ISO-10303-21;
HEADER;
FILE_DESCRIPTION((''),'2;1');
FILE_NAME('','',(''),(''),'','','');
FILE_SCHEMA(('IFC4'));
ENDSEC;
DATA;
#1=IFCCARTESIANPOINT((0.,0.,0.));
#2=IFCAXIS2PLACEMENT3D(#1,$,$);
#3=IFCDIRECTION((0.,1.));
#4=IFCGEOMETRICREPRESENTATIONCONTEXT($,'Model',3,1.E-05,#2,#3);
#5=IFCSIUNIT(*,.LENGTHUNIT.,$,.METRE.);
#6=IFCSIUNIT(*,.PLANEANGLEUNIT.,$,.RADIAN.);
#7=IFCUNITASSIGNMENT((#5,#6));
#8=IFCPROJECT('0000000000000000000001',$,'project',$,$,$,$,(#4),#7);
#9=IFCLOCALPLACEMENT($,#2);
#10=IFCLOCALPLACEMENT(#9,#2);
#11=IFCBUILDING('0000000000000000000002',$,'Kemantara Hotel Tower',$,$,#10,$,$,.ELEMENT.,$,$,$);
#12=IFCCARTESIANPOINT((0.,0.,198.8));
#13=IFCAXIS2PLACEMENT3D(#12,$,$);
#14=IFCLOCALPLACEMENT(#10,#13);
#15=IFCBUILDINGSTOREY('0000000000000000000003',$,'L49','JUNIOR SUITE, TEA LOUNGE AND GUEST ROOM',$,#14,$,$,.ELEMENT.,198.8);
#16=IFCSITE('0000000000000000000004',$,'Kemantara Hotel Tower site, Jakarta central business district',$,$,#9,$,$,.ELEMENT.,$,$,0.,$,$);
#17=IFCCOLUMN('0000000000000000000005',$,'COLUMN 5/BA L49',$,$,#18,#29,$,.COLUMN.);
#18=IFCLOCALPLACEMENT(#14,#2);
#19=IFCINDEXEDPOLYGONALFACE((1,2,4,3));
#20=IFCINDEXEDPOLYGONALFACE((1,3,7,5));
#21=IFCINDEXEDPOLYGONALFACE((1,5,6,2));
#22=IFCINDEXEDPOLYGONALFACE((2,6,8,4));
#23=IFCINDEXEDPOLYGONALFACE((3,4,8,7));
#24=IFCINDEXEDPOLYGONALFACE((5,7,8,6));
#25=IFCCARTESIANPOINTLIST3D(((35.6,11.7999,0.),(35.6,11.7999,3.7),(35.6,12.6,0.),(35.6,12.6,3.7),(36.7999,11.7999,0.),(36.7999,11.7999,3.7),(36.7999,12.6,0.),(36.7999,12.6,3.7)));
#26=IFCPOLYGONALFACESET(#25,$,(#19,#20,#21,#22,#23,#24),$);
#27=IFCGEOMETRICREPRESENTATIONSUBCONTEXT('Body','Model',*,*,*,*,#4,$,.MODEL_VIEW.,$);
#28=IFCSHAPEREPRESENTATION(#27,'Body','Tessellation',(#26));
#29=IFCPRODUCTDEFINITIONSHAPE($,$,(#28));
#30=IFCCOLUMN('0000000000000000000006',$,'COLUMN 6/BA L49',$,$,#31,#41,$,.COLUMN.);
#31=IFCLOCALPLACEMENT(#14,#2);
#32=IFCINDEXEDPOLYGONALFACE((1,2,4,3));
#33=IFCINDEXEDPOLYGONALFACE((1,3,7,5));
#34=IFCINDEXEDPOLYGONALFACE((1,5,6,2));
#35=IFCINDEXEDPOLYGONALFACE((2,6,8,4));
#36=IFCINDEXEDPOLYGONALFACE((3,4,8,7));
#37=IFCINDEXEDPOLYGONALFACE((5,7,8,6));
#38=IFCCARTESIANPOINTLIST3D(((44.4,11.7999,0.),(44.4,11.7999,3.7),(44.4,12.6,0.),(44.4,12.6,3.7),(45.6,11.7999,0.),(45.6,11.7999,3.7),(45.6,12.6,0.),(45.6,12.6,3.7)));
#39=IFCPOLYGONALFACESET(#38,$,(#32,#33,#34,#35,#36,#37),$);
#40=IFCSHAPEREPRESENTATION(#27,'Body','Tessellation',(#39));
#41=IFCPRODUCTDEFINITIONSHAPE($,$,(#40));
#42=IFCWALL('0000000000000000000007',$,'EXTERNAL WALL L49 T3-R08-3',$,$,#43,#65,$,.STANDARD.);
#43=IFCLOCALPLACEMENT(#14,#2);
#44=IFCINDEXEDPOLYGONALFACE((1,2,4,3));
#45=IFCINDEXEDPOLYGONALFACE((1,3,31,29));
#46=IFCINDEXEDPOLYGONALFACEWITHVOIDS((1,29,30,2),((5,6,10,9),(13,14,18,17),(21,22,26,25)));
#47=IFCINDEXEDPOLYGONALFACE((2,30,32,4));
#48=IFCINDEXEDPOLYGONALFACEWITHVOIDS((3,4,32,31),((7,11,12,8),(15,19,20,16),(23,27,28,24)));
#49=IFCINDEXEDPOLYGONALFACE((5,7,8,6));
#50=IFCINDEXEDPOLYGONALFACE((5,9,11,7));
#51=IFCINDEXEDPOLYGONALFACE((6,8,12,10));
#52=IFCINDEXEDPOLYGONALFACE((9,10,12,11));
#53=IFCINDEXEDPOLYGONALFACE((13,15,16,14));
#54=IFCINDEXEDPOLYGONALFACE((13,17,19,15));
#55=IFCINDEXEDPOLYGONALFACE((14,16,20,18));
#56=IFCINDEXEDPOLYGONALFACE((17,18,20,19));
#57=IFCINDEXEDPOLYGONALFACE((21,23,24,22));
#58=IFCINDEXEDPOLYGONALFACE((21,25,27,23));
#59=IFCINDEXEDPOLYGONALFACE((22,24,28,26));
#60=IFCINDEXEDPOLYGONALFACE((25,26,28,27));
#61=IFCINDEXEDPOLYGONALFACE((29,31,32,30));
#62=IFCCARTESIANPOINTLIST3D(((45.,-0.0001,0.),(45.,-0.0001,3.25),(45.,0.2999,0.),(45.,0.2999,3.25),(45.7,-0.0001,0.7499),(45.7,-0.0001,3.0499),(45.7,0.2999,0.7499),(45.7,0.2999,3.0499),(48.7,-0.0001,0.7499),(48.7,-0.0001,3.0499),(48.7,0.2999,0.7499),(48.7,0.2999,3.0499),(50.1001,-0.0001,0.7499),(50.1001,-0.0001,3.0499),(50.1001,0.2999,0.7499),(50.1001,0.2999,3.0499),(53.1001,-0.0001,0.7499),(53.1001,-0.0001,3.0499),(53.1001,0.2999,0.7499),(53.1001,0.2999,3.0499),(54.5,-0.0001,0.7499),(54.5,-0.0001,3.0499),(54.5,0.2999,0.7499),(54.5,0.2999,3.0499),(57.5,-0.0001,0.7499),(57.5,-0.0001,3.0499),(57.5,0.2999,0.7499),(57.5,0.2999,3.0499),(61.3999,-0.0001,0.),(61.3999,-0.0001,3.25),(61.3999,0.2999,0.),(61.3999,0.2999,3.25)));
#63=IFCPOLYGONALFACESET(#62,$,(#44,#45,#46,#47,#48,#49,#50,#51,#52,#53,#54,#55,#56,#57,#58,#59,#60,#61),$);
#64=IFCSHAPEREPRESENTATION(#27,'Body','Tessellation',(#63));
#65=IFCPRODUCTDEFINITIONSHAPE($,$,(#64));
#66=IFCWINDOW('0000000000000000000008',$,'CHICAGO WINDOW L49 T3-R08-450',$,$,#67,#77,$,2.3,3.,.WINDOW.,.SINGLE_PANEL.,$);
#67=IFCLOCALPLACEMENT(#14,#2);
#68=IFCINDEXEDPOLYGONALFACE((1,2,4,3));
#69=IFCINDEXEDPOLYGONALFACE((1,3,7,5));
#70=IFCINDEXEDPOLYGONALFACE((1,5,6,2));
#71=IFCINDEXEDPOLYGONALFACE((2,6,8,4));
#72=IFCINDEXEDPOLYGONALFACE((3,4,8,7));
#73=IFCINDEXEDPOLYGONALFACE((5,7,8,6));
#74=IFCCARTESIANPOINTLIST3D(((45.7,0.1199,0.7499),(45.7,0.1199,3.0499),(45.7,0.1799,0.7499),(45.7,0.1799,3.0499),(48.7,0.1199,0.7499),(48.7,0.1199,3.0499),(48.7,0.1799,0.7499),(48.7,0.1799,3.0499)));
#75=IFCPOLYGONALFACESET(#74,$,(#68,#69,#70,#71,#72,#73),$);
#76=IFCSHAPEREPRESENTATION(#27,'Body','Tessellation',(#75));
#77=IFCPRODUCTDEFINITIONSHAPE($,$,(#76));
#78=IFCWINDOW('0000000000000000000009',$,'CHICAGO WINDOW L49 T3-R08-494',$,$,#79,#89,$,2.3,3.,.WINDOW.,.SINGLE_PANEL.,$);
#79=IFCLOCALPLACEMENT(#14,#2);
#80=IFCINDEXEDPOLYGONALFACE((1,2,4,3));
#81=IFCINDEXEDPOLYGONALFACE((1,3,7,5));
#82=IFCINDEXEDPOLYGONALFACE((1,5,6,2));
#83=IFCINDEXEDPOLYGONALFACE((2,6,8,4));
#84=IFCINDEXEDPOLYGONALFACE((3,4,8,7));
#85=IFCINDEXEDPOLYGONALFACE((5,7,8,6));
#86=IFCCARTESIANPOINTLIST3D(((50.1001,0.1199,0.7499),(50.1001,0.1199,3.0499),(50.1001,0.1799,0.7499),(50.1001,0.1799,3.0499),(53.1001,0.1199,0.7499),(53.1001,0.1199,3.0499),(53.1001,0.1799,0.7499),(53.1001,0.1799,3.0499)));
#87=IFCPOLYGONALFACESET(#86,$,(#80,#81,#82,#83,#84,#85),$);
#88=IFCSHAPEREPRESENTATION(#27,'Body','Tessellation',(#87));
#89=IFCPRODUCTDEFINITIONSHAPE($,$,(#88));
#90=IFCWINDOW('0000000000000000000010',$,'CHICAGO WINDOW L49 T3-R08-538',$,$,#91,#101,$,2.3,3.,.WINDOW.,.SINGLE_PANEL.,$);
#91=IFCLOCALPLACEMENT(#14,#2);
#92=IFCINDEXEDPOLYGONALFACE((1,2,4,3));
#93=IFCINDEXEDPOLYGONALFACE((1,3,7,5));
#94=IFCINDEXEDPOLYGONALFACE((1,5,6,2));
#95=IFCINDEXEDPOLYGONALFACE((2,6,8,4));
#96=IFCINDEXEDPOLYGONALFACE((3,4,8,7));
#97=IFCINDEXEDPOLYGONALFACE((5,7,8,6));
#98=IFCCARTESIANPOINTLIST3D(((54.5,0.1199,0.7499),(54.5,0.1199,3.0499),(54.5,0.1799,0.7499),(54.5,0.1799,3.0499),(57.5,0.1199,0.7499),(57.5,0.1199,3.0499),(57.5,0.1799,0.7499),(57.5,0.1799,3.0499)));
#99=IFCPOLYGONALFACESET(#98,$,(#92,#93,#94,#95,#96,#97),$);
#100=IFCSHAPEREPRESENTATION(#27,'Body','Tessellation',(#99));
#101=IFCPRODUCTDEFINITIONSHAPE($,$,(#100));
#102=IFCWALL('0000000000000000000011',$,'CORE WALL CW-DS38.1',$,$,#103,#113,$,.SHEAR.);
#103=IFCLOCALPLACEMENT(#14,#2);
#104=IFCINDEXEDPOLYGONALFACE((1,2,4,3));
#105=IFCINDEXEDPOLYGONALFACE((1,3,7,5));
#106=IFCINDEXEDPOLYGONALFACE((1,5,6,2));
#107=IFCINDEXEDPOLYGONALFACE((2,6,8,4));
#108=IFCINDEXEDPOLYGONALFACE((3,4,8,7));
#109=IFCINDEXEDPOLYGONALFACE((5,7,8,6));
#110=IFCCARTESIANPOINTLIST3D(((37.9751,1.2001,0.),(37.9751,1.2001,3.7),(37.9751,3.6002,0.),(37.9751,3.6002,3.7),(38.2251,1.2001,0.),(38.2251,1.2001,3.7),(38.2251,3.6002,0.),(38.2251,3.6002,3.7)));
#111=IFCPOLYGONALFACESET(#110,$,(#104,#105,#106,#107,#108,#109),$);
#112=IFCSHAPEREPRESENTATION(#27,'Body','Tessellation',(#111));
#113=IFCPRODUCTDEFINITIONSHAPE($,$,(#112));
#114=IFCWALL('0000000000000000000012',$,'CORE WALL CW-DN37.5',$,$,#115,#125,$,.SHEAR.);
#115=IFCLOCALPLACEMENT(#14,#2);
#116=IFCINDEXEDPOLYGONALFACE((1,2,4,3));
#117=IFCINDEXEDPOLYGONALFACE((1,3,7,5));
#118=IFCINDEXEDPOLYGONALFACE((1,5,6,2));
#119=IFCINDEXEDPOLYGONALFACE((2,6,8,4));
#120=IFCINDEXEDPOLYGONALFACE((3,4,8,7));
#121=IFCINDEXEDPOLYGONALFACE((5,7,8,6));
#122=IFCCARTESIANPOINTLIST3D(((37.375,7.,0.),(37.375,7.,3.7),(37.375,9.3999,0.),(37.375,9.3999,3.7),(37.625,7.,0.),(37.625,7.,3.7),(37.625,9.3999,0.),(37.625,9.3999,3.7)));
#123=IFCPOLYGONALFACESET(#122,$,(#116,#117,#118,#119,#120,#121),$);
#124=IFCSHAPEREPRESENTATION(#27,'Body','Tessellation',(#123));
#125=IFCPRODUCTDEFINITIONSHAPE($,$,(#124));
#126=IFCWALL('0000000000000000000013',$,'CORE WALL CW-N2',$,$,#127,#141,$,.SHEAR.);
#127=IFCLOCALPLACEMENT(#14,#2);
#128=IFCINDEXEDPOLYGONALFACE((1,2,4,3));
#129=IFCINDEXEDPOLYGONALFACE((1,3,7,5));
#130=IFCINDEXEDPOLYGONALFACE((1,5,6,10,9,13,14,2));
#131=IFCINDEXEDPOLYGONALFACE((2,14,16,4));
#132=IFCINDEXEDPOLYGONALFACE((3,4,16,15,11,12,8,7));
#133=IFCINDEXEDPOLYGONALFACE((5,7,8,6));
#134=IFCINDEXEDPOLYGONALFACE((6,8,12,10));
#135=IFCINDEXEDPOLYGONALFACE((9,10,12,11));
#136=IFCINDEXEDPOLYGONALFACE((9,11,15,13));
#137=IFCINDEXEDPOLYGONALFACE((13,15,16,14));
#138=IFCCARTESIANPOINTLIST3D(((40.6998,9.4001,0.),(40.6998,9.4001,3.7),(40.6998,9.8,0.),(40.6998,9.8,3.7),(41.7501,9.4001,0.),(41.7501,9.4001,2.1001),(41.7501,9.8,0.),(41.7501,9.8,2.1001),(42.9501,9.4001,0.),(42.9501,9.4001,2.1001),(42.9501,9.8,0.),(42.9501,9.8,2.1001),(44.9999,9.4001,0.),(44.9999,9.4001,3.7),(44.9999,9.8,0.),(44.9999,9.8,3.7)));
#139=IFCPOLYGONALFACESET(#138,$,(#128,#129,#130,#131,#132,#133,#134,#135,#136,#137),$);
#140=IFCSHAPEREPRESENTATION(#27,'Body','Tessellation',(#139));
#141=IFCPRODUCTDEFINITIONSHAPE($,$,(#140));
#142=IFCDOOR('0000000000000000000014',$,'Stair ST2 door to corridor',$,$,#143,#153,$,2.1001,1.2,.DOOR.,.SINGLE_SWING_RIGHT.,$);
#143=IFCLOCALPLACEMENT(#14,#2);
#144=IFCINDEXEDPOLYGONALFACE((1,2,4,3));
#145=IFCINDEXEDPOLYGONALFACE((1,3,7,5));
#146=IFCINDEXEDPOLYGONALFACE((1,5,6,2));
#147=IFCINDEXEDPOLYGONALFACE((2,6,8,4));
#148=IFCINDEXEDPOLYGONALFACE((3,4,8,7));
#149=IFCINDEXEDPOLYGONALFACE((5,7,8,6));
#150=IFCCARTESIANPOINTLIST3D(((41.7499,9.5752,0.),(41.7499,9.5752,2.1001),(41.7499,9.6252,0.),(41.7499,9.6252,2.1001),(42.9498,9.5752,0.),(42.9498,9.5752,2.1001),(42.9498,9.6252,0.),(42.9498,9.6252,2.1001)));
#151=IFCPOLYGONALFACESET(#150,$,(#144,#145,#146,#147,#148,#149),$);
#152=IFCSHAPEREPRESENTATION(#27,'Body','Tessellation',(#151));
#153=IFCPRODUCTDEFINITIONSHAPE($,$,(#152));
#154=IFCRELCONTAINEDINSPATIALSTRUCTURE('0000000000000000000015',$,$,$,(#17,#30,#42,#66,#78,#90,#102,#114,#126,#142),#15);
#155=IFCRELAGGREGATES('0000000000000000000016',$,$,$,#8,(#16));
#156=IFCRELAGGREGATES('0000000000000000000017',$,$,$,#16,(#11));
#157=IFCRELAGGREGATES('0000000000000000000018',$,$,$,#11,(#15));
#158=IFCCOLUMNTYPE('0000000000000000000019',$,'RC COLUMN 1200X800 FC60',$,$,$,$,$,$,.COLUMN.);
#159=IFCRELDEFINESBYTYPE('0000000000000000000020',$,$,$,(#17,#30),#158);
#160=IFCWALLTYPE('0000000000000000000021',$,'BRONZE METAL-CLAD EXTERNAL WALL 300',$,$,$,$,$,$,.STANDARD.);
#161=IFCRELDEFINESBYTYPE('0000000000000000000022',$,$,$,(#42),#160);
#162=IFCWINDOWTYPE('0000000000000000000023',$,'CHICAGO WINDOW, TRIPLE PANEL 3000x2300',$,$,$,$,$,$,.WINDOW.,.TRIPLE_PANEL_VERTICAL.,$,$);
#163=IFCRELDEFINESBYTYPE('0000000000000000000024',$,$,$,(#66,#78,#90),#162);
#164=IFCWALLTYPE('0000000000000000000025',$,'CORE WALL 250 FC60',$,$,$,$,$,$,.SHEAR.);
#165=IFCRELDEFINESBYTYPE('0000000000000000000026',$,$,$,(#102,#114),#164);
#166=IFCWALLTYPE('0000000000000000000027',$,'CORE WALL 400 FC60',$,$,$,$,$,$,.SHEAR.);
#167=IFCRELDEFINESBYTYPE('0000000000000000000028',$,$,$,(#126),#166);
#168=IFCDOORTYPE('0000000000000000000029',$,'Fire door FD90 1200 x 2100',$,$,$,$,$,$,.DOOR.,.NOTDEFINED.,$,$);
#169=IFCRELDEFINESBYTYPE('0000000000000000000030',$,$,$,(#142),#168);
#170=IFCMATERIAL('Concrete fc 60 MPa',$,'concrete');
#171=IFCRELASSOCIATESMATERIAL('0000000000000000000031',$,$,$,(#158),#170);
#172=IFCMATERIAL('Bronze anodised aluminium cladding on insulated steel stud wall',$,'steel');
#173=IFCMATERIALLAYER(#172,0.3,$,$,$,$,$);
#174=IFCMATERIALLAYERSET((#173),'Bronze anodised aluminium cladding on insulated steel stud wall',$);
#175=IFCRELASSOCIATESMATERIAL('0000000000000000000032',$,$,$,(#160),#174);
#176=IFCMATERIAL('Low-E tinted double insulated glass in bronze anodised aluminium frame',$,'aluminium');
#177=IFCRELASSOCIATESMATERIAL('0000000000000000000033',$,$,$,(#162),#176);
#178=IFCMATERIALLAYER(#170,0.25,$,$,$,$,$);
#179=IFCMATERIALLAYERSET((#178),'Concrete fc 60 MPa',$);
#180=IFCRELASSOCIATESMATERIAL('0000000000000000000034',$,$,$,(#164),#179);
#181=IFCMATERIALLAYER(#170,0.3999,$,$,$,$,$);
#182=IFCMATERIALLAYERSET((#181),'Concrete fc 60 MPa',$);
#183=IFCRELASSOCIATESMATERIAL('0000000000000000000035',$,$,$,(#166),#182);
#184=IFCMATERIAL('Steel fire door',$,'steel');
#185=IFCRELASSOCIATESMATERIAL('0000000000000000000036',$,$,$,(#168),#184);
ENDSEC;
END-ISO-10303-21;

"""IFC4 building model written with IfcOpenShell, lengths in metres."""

from ifc_helpers import new_model, si_unit, direction, frame, frame_2d, origin, origin_2d, place, context, subcontext, project, spatial, rectangle, extrude, material, layer, layer_set, material_profile, profile_set, type_object, element, fill, save


model = new_model("IFC4")

# Units and contexts
model_context = context("Model", 3, precision=1e-05, world=origin(), true_north=direction((0.0, 1.0)))
body_context = subcontext(model_context, "Body", "Model", "MODEL_VIEW")
ifc_project = project(units=[si_unit("LENGTHUNIT", "METRE"), si_unit("PLANEANGLEUNIT", "RADIAN")], contexts=[model_context])

# Site, building, storey
site_placement = place(None, origin())
site = spatial("IfcSite", under=ifc_project, at=site_placement, Name="Kemantara Hotel Tower site, Jakarta central business district", CompositionType="ELEMENT", RefElevation=0.0)
building_placement = place(site_placement, origin())
building = spatial("IfcBuilding", under=site, at=building_placement, Name="Kemantara Hotel Tower", CompositionType="ELEMENT")
storey_placement = place(building_placement, frame((0.0, 0.0, 198.8)))
storey = spatial("IfcBuildingStorey", under=building, at=storey_placement, Name="L49", Description="JUNIOR SUITE, TEA LOUNGE AND GUEST ROOM", CompositionType="ELEMENT", Elevation=198.8)

# Columns
ifc_material_1 = material(Name="Concrete fc 60 MPa", Category="concrete")
ifc_material_profile = material_profile(ifc_material_1, rectangle(XDim=1.2, YDim=0.8, at=origin_2d()), Name="RC 1200X800")
ifc_profile_set = profile_set([ifc_material_profile], Name="Concrete fc 60 MPa")
column_type = type_object("IfcColumnType", Name="RC COLUMN 1200X800 FC60", PredefinedType="COLUMN", material=ifc_profile_set)
for number, where, z_axis, x_axis, name in (
    (1, (36.2, 12.2, 0.0), (0.0, 0.0, 1.0), (1.0, 0.0, 0.0), "COLUMN 5/BA L49"),
    (2, (45.0, 12.2, 0.0), (0.0, 0.0, 1.0), (1.0, 0.0, 0.0), "COLUMN 6/BA L49"),
):
    element("IfcColumn", number, at=place(storey_placement, frame(where, z_axis=z_axis, x_axis=x_axis)), inside=storey, type_object=column_type, Name=name, PredefinedType="COLUMN", context=body_context, shape_type="SweptSolid", body=[
        extrude(rectangle(XDim=1.2, YDim=0.8, at=origin_2d()), origin(), (0.0, 0.0, 1.0), 3.7),
    ])

# Wall, openings, windows
ifc_material_2 = material(Name="Bronze anodised aluminium cladding on insulated steel stud wall", Category="steel")
ifc_layer_1 = layer(ifc_material_2, 0.3)
ifc_layer_set_1 = layer_set([ifc_layer_1], Name="Bronze anodised aluminium cladding on insulated steel stud wall")
wall_type_1 = type_object("IfcWallType", Name="BRONZE METAL-CLAD EXTERNAL WALL 300", PredefinedType="STANDARD", material=ifc_layer_set_1)
wall_1_placement = place(storey_placement, frame((45.0, 0.1499, 0.0), z_axis=(0.0, 0.0, 1.0), x_axis=(1.0, 0.0, 0.0)))
wall_1 = element("IfcWall", 3, at=wall_1_placement, inside=storey, type_object=wall_type_1, Name="EXTERNAL WALL L49 T3-R08-3", PredefinedType="STANDARD", context=body_context, shape_type="SweptSolid", body=[
    extrude(rectangle(XDim=16.3999, YDim=0.3, at=frame_2d((8.2, 0.0))), origin(), (0.0, 0.0, 1.0), 3.25),
])
opening_1_placement = place(wall_1_placement, frame((0.7, 0.0, 0.75)))
opening_1 = element("IfcOpeningElement", 4, at=opening_1_placement, cuts=wall_1, PredefinedType="OPENING", context=body_context, shape_type="SweptSolid", body=[
    extrude(rectangle(XDim=3.0, YDim=2.3, at=frame_2d((1.5, 1.1499))), frame((0.0, 0.1599, 0.0), z_axis=(0.0, -1.0, 0.0), x_axis=(1.0, 0.0, 0.0)), (0.0, 0.0, 1.0), 0.3201),
])
opening_2_placement = place(wall_1_placement, frame((5.1001, 0.0, 0.75)))
opening_2 = element("IfcOpeningElement", 5, at=opening_2_placement, cuts=wall_1, PredefinedType="OPENING", context=body_context, shape_type="SweptSolid", body=[
    extrude(rectangle(XDim=3.0, YDim=2.3, at=frame_2d((1.5, 1.1499))), frame((0.0, 0.1599, 0.0), z_axis=(0.0, -1.0, 0.0), x_axis=(1.0, 0.0, 0.0)), (0.0, 0.0, 1.0), 0.3201),
])
opening_3_placement = place(wall_1_placement, frame((9.5, 0.0, 0.75)))
opening_3 = element("IfcOpeningElement", 6, at=opening_3_placement, cuts=wall_1, PredefinedType="OPENING", context=body_context, shape_type="SweptSolid", body=[
    extrude(rectangle(XDim=3.0, YDim=2.3, at=frame_2d((1.5, 1.1499))), frame((0.0, 0.1599, 0.0), z_axis=(0.0, -1.0, 0.0), x_axis=(1.0, 0.0, 0.0)), (0.0, 0.0, 1.0), 0.3201),
])
ifc_material_3 = material(Name="Low-E tinted double insulated glass in bronze anodised aluminium frame", Category="aluminium")
window_type = type_object("IfcWindowType", Name="CHICAGO WINDOW, TRIPLE PANEL 3000x2300", PartitioningType="TRIPLE_PANEL_VERTICAL", PredefinedType="WINDOW", material=ifc_material_3)
window_1_placement = place(opening_1_placement, origin())
window_1 = element("IfcWindow", 7, at=window_1_placement, inside=storey, type_object=window_type, Name="CHICAGO WINDOW L49 T3-R08-450", OverallHeight=2.3, OverallWidth=3.0, PartitioningType="SINGLE_PANEL", PredefinedType="WINDOW", context=body_context, shape_type="SweptSolid", body=[
    extrude(rectangle(XDim=3.0, YDim=2.3, at=frame_2d((1.5, 1.1499))), frame((0.0, 0.03, 0.0), z_axis=(0.0, -1.0, 0.0), x_axis=(1.0, 0.0, 0.0)), (0.0, 0.0, 1.0), 0.0601),
])
fill(opening_1, window_1)
window_2_placement = place(opening_2_placement, origin())
window_2 = element("IfcWindow", 8, at=window_2_placement, inside=storey, type_object=window_type, Name="CHICAGO WINDOW L49 T3-R08-494", OverallHeight=2.3, OverallWidth=3.0, PartitioningType="SINGLE_PANEL", PredefinedType="WINDOW", context=body_context, shape_type="SweptSolid", body=[
    extrude(rectangle(XDim=3.0, YDim=2.3, at=frame_2d((1.5, 1.1499))), frame((0.0, 0.03, 0.0), z_axis=(0.0, -1.0, 0.0), x_axis=(1.0, 0.0, 0.0)), (0.0, 0.0, 1.0), 0.0601),
])
fill(opening_2, window_2)
window_3_placement = place(opening_3_placement, origin())
window_3 = element("IfcWindow", 9, at=window_3_placement, inside=storey, type_object=window_type, Name="CHICAGO WINDOW L49 T3-R08-538", OverallHeight=2.3, OverallWidth=3.0, PartitioningType="SINGLE_PANEL", PredefinedType="WINDOW", context=body_context, shape_type="SweptSolid", body=[
    extrude(rectangle(XDim=3.0, YDim=2.3, at=frame_2d((1.5, 1.1499))), frame((0.0, 0.03, 0.0), z_axis=(0.0, -1.0, 0.0), x_axis=(1.0, 0.0, 0.0)), (0.0, 0.0, 1.0), 0.0601),
])
fill(opening_3, window_3)

# Walls
ifc_layer_2 = layer(ifc_material_1, 0.25)
ifc_layer_set_2 = layer_set([ifc_layer_2], Name="Concrete fc 60 MPa")
wall_type_2 = type_object("IfcWallType", Name="CORE WALL 250 FC60", PredefinedType="SHEAR", material=ifc_layer_set_2)
wall_2_placement = place(storey_placement, frame((38.1001, 1.2, 0.0), z_axis=(0.0, 0.0, 1.0), x_axis=(0.0, 1.0, 0.0)))
element("IfcWall", 10, at=wall_2_placement, inside=storey, type_object=wall_type_2, Name="CORE WALL CW-DS38.1", PredefinedType="SHEAR", context=body_context, shape_type="SweptSolid", body=[
    extrude(rectangle(XDim=2.4001, YDim=0.25, at=frame_2d((1.2002, 0.0))), origin(), (0.0, 0.0, 1.0), 3.7),
])
wall_3_placement = place(storey_placement, frame((37.5, 7.0, 0.0), z_axis=(0.0, 0.0, 1.0), x_axis=(0.0, 1.0, 0.0)))
element("IfcWall", 11, at=wall_3_placement, inside=storey, type_object=wall_type_2, Name="CORE WALL CW-DN37.5", PredefinedType="SHEAR", context=body_context, shape_type="SweptSolid", body=[
    extrude(rectangle(XDim=2.3999, YDim=0.25, at=frame_2d((1.2, 0.0))), origin(), (0.0, 0.0, 1.0), 3.7),
])

# Wall, opening, door
ifc_layer_3 = layer(ifc_material_1, 0.3999)
ifc_layer_set_3 = layer_set([ifc_layer_3], Name="Concrete fc 60 MPa")
wall_type_3 = type_object("IfcWallType", Name="CORE WALL 400 FC60", PredefinedType="SHEAR", material=ifc_layer_set_3)
wall_4_placement = place(storey_placement, frame((40.7, 9.6001, 0.0), z_axis=(0.0, 0.0, 1.0), x_axis=(1.0, 0.0, 0.0)))
wall_4 = element("IfcWall", 12, at=wall_4_placement, inside=storey, type_object=wall_type_3, Name="CORE WALL CW-N2", PredefinedType="SHEAR", context=body_context, shape_type="SweptSolid", body=[
    extrude(rectangle(XDim=4.3, YDim=0.3999, at=frame_2d((2.1499, 0.0))), origin(), (0.0, 0.0, 1.0), 3.7),
])
opening_4_placement = place(wall_4_placement, frame((1.05, 0.0, 0.0)))
opening_4 = element("IfcOpeningElement", 13, at=opening_4_placement, cuts=wall_4, PredefinedType="OPENING", context=body_context, shape_type="SweptSolid", body=[
    extrude(rectangle(XDim=1.2, YDim=2.1001, at=frame_2d((0.6001, 1.05))), frame((0.0, 0.21, 0.0), z_axis=(0.0, -1.0, 0.0), x_axis=(1.0, 0.0, 0.0)), (0.0, 0.0, 1.0), 0.4199),
])
ifc_material_4 = material(Name="Steel fire door", Category="steel")
door_type_1 = type_object("IfcDoorType", Name="Fire door FD90 1200 x 2100", OperationType="NOTDEFINED", PredefinedType="DOOR", material=ifc_material_4)
door_1_placement = place(opening_4_placement, frame((1.2, 0.0, 0.0), z_axis=(0.0, 0.0, 1.0), x_axis=(-1.0, 0.0, 0.0)))
door_1 = element("IfcDoor", 14, at=door_1_placement, inside=storey, type_object=door_type_1, Name="Stair ST2 door to corridor", OperationType="SINGLE_SWING_RIGHT", OverallHeight=2.1001, OverallWidth=1.2, PredefinedType="DOOR", context=body_context, shape_type="SweptSolid", body=[
    extrude(rectangle(XDim=1.2, YDim=2.1001, at=frame_2d((0.6001, 1.05))), frame((0.0, 0.0249, 0.0), z_axis=(0.0, -1.0, 0.0), x_axis=(1.0, 0.0, 0.0)), (0.0, 0.0, 1.0), 0.05),
])
fill(opening_4, door_1)

save(model, "model.ifc")
